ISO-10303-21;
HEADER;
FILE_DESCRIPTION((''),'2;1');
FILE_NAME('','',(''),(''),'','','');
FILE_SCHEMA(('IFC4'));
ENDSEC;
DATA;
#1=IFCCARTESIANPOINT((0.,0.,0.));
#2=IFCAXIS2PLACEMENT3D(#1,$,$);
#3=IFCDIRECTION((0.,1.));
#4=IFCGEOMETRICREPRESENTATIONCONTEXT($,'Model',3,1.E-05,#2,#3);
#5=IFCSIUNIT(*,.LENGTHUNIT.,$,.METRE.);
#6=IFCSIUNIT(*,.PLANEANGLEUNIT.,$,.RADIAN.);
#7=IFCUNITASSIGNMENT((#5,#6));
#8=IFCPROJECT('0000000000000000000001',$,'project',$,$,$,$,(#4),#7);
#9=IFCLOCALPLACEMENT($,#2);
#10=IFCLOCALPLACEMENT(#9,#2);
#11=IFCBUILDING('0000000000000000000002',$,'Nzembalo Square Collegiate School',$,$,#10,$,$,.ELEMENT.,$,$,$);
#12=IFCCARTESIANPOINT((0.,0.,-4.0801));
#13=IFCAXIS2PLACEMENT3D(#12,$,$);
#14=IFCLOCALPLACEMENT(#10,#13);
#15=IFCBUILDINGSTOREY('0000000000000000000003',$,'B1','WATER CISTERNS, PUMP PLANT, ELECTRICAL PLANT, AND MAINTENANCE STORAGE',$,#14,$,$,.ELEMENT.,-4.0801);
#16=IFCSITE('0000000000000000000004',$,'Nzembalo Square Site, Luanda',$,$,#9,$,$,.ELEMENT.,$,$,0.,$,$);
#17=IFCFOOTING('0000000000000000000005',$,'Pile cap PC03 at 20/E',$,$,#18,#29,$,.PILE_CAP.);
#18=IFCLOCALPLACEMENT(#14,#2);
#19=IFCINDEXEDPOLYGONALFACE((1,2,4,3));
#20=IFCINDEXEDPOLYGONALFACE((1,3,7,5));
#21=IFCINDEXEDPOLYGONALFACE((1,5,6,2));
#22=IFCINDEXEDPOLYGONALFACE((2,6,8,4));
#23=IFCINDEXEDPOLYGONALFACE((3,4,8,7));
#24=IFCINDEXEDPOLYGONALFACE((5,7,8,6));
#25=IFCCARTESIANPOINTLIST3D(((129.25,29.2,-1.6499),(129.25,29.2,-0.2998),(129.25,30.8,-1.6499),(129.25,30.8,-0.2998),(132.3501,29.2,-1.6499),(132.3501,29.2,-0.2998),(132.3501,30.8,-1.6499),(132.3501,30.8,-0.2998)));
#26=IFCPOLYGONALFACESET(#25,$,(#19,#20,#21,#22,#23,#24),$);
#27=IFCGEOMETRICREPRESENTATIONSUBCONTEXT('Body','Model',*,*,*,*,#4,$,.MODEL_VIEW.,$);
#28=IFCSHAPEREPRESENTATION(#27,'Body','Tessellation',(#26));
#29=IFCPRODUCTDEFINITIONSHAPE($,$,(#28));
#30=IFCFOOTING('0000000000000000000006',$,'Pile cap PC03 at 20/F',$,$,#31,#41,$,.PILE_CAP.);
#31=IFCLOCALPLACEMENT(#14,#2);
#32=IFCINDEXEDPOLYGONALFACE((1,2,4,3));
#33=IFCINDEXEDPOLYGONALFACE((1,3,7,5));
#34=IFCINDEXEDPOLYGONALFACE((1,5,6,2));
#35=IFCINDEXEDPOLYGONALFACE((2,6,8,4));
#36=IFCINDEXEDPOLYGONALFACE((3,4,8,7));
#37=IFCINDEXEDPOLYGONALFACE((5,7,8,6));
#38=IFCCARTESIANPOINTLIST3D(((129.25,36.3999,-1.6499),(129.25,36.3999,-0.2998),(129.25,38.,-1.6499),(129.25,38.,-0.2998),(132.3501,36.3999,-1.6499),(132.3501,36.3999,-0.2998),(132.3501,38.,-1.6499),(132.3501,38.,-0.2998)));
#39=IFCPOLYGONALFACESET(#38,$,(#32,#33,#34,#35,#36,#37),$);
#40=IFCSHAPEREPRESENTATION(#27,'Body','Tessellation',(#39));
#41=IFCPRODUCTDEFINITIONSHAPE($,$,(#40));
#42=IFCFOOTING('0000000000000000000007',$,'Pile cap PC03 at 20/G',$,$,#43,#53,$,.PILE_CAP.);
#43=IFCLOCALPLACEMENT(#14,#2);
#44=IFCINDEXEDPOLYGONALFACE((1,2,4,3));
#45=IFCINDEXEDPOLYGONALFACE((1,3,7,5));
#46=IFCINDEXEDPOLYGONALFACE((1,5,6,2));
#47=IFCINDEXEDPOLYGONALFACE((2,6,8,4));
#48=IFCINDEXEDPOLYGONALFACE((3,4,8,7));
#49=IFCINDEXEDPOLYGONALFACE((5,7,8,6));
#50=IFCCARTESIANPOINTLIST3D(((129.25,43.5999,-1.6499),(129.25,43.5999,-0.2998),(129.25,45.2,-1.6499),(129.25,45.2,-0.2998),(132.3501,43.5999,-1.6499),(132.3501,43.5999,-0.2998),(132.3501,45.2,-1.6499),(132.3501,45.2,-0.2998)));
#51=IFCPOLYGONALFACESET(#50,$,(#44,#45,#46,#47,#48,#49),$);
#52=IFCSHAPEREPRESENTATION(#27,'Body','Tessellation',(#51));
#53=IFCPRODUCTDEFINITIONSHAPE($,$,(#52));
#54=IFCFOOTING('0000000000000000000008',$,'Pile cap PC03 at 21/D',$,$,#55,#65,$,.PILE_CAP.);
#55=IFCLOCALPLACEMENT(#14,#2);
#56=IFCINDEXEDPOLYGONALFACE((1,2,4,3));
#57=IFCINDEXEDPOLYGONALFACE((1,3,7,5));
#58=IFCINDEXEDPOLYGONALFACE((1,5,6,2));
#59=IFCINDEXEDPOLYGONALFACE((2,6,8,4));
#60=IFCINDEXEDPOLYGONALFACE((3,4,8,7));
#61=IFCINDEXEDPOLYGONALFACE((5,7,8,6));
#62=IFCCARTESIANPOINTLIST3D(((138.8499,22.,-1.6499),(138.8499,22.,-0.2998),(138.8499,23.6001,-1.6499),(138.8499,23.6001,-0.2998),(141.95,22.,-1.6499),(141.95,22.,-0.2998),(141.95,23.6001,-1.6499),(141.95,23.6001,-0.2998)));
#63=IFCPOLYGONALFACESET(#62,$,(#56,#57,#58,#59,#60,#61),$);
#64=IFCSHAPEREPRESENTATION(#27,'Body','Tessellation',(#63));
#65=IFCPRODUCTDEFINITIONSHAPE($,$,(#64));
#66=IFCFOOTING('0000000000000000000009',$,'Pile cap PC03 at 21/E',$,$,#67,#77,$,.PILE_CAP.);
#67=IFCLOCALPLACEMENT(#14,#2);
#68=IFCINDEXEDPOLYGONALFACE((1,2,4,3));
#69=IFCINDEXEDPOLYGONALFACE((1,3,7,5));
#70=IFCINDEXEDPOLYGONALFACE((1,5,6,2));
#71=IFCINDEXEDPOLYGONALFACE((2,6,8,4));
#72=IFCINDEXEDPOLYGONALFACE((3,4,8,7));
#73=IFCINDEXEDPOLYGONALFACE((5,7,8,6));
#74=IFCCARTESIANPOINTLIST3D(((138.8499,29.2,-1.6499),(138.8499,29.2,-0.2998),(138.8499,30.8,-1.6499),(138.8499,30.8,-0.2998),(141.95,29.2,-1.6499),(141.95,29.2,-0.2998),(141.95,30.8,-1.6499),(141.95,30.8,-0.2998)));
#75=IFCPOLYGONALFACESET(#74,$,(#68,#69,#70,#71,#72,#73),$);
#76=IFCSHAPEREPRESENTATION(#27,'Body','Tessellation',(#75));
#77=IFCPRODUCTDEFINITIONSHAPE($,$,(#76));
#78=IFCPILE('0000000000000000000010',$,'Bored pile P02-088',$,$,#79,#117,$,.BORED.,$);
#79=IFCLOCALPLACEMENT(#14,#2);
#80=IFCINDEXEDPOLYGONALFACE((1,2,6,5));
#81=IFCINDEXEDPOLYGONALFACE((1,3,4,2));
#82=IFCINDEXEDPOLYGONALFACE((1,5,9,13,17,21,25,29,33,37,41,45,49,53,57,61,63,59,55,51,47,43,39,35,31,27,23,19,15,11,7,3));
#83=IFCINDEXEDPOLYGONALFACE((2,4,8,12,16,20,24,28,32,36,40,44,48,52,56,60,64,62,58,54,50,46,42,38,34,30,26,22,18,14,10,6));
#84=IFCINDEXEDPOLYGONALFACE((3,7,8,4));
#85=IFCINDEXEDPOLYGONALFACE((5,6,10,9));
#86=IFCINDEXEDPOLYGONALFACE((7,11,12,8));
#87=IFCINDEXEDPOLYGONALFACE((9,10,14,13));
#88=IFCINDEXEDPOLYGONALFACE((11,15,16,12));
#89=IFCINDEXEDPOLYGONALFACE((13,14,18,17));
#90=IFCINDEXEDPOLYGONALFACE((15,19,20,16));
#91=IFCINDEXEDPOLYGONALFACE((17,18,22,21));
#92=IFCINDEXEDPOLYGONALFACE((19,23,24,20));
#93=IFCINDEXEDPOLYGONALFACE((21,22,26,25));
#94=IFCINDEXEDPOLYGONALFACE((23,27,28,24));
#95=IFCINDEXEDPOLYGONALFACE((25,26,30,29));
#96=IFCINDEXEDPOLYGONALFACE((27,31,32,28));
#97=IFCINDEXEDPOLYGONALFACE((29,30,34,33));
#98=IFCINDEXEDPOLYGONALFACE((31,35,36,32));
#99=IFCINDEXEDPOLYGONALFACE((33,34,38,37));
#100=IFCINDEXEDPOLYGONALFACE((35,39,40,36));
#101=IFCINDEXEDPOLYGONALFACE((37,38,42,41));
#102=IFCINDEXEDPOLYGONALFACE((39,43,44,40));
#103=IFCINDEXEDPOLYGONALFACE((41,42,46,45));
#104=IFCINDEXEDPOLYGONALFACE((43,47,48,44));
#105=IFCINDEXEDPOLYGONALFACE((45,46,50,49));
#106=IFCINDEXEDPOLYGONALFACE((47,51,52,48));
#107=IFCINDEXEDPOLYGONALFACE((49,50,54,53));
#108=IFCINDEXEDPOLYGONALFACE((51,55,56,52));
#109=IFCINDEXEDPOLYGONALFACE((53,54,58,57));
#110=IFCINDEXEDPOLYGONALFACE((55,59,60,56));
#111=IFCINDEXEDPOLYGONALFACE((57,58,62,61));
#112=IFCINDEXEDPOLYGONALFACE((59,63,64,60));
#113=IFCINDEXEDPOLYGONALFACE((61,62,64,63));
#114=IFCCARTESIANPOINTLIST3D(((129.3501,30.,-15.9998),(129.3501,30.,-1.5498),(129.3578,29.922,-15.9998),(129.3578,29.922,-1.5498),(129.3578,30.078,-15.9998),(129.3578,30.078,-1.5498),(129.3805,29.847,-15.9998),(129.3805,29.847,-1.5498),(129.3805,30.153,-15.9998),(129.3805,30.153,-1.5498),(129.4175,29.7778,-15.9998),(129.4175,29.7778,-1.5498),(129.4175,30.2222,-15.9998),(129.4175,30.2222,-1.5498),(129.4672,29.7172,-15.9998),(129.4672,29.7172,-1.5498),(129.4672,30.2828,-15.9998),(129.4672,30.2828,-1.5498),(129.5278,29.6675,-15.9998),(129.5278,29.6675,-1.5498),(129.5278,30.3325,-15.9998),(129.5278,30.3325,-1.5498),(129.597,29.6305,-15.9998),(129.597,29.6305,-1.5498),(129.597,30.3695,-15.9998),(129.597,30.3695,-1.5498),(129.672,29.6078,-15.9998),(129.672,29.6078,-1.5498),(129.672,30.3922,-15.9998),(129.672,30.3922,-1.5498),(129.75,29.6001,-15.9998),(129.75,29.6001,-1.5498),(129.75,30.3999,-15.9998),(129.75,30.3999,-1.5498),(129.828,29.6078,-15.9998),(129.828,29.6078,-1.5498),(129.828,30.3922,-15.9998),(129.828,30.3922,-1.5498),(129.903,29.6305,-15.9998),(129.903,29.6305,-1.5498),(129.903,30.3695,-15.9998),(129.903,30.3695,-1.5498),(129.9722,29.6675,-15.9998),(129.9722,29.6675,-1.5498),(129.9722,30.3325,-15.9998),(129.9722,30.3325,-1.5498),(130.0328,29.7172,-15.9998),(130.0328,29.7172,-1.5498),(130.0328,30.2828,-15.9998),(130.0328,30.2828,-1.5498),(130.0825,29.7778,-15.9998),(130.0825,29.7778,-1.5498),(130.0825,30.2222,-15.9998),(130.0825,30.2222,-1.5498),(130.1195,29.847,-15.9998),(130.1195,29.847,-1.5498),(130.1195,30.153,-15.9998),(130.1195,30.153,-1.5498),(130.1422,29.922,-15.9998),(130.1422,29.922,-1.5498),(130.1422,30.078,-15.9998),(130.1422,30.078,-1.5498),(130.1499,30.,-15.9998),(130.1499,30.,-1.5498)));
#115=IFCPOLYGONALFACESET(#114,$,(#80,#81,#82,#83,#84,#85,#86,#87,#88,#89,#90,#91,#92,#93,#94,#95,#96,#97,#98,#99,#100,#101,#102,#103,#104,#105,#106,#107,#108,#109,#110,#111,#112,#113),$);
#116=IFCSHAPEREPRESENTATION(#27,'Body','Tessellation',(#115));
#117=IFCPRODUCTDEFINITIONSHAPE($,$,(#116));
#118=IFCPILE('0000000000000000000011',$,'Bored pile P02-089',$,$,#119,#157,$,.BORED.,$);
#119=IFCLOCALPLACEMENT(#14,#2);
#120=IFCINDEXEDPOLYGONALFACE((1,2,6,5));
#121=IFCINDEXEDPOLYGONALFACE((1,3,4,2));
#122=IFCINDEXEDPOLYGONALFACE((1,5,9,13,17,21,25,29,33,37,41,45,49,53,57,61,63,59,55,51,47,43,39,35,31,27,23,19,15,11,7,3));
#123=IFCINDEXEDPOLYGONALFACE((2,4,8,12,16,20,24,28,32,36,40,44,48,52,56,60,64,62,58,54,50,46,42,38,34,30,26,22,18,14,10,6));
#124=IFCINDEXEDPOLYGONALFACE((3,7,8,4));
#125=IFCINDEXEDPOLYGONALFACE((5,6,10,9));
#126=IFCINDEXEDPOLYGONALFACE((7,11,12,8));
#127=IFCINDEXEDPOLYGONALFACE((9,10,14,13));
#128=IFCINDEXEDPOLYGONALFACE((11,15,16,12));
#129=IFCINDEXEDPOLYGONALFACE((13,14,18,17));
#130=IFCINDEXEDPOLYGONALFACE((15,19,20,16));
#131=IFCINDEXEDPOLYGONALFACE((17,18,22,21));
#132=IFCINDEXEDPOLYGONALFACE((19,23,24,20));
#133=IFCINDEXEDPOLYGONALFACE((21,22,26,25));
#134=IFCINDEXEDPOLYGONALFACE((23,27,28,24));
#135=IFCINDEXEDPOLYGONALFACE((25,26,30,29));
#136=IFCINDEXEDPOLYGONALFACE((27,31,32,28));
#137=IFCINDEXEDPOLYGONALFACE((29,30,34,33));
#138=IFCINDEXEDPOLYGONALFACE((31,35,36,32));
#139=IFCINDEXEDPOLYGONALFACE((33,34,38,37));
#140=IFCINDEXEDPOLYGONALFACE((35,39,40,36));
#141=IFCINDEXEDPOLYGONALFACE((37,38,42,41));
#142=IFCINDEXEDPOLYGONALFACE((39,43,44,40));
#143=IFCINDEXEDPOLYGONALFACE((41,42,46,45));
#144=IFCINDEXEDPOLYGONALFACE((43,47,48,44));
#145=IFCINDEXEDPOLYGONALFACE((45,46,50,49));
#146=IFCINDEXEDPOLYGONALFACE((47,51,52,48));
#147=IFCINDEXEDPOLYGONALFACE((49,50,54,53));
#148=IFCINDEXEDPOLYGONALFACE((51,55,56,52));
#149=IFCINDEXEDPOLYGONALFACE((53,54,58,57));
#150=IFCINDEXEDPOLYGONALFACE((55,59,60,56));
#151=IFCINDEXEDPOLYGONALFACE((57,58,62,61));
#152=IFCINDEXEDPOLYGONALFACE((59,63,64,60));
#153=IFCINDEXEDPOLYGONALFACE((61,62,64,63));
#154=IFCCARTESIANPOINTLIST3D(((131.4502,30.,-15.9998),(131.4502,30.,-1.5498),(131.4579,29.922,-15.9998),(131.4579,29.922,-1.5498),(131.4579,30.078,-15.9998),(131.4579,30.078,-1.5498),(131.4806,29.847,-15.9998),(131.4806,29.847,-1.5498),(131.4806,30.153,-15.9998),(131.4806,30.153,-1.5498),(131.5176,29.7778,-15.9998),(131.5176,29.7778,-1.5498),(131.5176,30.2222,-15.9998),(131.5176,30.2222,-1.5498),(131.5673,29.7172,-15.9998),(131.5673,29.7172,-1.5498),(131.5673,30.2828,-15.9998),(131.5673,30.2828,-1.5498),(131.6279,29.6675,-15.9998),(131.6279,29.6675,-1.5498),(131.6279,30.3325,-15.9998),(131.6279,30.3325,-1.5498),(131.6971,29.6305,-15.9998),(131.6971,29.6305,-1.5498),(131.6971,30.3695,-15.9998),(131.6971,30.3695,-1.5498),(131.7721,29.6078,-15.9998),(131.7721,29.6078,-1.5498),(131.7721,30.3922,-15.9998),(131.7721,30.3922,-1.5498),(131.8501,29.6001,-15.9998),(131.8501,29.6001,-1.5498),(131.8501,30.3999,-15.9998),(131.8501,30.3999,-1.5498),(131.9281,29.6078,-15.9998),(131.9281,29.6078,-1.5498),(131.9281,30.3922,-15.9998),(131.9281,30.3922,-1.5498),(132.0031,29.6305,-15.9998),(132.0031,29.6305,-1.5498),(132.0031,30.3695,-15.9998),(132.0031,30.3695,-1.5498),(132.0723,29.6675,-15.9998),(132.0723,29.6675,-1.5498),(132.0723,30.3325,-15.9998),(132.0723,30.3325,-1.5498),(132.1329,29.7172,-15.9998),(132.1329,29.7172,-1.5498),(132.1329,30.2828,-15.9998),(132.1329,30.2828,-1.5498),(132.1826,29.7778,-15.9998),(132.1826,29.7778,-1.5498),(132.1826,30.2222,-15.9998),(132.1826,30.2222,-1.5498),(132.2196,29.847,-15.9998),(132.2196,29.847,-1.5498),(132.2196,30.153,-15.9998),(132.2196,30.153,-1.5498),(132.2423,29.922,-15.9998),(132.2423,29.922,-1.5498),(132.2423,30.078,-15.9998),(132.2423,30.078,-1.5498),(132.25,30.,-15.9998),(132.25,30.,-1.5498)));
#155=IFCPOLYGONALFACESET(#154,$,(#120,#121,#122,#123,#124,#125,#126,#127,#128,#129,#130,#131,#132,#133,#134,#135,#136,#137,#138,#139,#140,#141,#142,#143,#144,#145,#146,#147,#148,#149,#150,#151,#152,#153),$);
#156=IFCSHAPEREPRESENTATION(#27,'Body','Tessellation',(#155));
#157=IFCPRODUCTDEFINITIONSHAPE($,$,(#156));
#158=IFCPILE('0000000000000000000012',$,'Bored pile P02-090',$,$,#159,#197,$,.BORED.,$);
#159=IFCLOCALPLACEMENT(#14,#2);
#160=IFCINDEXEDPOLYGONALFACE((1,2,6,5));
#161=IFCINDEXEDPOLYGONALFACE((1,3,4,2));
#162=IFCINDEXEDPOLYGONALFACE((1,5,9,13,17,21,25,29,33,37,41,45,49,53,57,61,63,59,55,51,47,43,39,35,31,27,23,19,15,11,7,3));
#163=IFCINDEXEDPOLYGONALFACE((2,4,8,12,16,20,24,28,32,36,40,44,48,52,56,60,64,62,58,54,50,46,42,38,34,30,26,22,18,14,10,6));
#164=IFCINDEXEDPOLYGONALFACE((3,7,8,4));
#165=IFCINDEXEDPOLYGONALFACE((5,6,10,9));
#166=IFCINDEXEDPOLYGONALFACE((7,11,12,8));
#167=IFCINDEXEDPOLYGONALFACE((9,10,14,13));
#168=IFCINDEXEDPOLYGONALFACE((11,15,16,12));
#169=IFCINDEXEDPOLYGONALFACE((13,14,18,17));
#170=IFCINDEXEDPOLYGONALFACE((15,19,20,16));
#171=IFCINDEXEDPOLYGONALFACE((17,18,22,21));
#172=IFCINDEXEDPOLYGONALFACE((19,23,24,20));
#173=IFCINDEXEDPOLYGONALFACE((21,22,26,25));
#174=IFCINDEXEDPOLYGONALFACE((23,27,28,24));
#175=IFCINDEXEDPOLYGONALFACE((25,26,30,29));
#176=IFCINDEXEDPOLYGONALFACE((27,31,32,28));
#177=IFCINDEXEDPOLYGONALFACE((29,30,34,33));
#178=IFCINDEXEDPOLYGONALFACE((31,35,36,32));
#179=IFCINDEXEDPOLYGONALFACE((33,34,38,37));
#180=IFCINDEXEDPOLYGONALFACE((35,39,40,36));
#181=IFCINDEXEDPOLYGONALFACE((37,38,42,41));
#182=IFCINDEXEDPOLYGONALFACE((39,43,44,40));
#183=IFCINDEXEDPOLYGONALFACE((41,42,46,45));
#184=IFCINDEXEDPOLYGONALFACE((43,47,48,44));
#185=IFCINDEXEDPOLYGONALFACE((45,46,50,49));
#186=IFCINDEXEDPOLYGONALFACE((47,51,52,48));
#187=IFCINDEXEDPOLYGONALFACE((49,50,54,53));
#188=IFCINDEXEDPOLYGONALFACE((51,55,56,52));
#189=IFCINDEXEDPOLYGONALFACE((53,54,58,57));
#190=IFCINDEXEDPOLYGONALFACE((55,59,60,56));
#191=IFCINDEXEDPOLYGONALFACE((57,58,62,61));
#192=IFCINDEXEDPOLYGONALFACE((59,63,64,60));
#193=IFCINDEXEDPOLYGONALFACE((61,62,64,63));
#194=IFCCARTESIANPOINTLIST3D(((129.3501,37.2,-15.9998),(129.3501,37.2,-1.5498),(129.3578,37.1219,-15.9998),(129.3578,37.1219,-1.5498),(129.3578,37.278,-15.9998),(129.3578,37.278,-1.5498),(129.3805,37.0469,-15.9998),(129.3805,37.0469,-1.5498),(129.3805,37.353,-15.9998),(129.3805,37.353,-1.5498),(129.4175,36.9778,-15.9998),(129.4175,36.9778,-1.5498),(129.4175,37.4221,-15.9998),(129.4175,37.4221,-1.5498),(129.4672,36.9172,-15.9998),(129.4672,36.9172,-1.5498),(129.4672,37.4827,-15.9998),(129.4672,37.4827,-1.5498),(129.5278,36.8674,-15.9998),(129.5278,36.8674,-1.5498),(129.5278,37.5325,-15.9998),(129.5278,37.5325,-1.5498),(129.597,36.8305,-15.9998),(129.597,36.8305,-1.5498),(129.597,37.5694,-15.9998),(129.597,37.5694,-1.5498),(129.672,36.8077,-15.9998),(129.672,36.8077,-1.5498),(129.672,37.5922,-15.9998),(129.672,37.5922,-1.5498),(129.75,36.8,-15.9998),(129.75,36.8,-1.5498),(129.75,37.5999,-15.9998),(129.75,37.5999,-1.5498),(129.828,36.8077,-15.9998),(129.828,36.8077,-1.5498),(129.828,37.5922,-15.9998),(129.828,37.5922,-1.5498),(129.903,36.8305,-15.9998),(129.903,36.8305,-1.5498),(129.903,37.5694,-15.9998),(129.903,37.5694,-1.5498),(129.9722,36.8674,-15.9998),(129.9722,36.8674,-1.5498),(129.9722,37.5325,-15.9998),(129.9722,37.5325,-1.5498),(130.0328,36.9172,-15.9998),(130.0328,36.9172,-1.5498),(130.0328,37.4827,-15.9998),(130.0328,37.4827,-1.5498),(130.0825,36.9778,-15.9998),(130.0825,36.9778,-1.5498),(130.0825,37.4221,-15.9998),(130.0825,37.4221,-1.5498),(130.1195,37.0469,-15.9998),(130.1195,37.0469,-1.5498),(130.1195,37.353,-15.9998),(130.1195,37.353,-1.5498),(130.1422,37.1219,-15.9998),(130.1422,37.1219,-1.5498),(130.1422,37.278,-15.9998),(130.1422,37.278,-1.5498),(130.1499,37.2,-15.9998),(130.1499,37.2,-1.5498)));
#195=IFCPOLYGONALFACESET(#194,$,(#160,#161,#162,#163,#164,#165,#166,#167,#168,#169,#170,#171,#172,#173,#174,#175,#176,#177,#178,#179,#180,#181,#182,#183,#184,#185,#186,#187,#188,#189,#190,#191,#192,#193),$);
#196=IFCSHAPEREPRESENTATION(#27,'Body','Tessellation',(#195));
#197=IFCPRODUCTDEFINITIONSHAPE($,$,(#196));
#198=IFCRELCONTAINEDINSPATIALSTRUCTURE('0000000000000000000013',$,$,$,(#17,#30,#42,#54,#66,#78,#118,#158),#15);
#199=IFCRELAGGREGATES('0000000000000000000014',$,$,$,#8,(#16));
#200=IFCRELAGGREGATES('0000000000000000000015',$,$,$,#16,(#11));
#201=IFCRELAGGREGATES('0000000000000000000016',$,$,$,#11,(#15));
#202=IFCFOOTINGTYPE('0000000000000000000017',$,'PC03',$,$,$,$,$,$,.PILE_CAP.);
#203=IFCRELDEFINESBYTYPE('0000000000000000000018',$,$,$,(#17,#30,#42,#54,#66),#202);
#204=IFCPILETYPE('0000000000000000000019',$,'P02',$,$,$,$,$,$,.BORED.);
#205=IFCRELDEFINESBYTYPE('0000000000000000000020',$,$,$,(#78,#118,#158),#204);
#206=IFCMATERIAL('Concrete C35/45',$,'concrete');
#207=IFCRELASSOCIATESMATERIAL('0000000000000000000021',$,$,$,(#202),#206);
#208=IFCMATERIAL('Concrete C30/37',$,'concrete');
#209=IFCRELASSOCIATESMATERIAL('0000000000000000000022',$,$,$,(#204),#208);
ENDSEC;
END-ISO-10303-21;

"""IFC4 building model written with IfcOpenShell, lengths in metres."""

from ifc_helpers import new_model, si_unit, direction, frame, origin, origin_2d, place, context, subcontext, project, spatial, rectangle, circle, extrude, material, material_profile, profile_set, type_object, element, save


model = new_model("IFC4")

# Units and contexts
model_context = context("Model", 3, precision=1e-05, world=origin(), true_north=direction((0.0, 1.0)))
body_context = subcontext(model_context, "Body", "Model", "MODEL_VIEW")
ifc_project = project(units=[si_unit("LENGTHUNIT", "METRE"), si_unit("PLANEANGLEUNIT", "RADIAN")], contexts=[model_context])

# Site, building, storey
site_placement = place(None, origin())
site = spatial("IfcSite", under=ifc_project, at=site_placement, Name="Nzembalo Square Site, Luanda", CompositionType="ELEMENT", RefElevation=0.0)
building_placement = place(site_placement, origin())
building = spatial("IfcBuilding", under=site, at=building_placement, Name="Nzembalo Square Collegiate School", CompositionType="ELEMENT")
storey_placement = place(building_placement, frame((0.0, 0.0, -4.0801)))
storey = spatial("IfcBuildingStorey", under=building, at=storey_placement, Name="B1", Description="WATER CISTERNS, PUMP PLANT, ELECTRICAL PLANT, AND MAINTENANCE STORAGE", CompositionType="ELEMENT", Elevation=-4.0801)

# Footings
ifc_material_1 = material(Name="Concrete C35/45", Category="concrete")
footing_type = type_object("IfcFootingType", Name="PC03", PredefinedType="PILE_CAP", material=ifc_material_1)
for number, where, z_axis, x_axis, name in (
    (1, (130.8, 30.0, -1.6499), (0.0, 0.0, 1.0), (1.0, 0.0, 0.0), "Pile cap PC03 at 20/E"),
    (2, (130.8, 37.2, -1.6499), (0.0, 0.0, 1.0), (1.0, 0.0, 0.0), "Pile cap PC03 at 20/F"),
    (3, (130.8, 44.3999, -1.6499), (0.0, 0.0, 1.0), (1.0, 0.0, 0.0), "Pile cap PC03 at 20/G"),
    (4, (140.3999, 22.8, -1.6499), (0.0, 0.0, 1.0), (1.0, 0.0, 0.0), "Pile cap PC03 at 21/D"),
    (5, (140.3999, 30.0, -1.6499), (0.0, 0.0, 1.0), (1.0, 0.0, 0.0), "Pile cap PC03 at 21/E"),
):
    element("IfcFooting", number, at=place(storey_placement, frame(where, z_axis=z_axis, x_axis=x_axis)), inside=storey, type_object=footing_type, Name=name, PredefinedType="PILE_CAP", context=body_context, shape_type="SweptSolid", body=[
        extrude(rectangle(XDim=3.1001, YDim=1.6001, at=origin_2d()), origin(), (0.0, 0.0, 1.0), 1.3501),
    ])

# Piles
ifc_material_2 = material(Name="Concrete C30/37", Category="concrete")
ifc_material_profile_1 = material_profile(ifc_material_2, circle(Radius=0.3999, at=origin_2d()), Name="PILE D800")
ifc_profile_set_1 = profile_set([ifc_material_profile_1], Name="Concrete C30/37")
pile_type = type_object("IfcPileType", Name="P02", PredefinedType="BORED", material=ifc_profile_set_1)
for number, where, z_axis, x_axis, name in (
    (6, (129.75, 30.0, -1.5498), (0.0, 0.0, -1.0), (1.0, 0.0, 0.0), "Bored pile P02-088"),
    (7, (131.8501, 30.0, -1.5498), (0.0, 0.0, -1.0), (1.0, 0.0, 0.0), "Bored pile P02-089"),
    (8, (129.75, 37.2, -1.5498), (0.0, 0.0, -1.0), (1.0, 0.0, 0.0), "Bored pile P02-090"),
):
    element("IfcPile", number, at=place(storey_placement, frame(where, z_axis=z_axis, x_axis=x_axis)), inside=storey, type_object=pile_type, Name=name, PredefinedType="BORED", context=body_context, shape_type="SweptSolid", body=[
        extrude(circle(Radius=0.3999, at=origin_2d()), origin(), (0.0, 0.0, 1.0), 14.45),
    ])

save(model, "model.ifc")
